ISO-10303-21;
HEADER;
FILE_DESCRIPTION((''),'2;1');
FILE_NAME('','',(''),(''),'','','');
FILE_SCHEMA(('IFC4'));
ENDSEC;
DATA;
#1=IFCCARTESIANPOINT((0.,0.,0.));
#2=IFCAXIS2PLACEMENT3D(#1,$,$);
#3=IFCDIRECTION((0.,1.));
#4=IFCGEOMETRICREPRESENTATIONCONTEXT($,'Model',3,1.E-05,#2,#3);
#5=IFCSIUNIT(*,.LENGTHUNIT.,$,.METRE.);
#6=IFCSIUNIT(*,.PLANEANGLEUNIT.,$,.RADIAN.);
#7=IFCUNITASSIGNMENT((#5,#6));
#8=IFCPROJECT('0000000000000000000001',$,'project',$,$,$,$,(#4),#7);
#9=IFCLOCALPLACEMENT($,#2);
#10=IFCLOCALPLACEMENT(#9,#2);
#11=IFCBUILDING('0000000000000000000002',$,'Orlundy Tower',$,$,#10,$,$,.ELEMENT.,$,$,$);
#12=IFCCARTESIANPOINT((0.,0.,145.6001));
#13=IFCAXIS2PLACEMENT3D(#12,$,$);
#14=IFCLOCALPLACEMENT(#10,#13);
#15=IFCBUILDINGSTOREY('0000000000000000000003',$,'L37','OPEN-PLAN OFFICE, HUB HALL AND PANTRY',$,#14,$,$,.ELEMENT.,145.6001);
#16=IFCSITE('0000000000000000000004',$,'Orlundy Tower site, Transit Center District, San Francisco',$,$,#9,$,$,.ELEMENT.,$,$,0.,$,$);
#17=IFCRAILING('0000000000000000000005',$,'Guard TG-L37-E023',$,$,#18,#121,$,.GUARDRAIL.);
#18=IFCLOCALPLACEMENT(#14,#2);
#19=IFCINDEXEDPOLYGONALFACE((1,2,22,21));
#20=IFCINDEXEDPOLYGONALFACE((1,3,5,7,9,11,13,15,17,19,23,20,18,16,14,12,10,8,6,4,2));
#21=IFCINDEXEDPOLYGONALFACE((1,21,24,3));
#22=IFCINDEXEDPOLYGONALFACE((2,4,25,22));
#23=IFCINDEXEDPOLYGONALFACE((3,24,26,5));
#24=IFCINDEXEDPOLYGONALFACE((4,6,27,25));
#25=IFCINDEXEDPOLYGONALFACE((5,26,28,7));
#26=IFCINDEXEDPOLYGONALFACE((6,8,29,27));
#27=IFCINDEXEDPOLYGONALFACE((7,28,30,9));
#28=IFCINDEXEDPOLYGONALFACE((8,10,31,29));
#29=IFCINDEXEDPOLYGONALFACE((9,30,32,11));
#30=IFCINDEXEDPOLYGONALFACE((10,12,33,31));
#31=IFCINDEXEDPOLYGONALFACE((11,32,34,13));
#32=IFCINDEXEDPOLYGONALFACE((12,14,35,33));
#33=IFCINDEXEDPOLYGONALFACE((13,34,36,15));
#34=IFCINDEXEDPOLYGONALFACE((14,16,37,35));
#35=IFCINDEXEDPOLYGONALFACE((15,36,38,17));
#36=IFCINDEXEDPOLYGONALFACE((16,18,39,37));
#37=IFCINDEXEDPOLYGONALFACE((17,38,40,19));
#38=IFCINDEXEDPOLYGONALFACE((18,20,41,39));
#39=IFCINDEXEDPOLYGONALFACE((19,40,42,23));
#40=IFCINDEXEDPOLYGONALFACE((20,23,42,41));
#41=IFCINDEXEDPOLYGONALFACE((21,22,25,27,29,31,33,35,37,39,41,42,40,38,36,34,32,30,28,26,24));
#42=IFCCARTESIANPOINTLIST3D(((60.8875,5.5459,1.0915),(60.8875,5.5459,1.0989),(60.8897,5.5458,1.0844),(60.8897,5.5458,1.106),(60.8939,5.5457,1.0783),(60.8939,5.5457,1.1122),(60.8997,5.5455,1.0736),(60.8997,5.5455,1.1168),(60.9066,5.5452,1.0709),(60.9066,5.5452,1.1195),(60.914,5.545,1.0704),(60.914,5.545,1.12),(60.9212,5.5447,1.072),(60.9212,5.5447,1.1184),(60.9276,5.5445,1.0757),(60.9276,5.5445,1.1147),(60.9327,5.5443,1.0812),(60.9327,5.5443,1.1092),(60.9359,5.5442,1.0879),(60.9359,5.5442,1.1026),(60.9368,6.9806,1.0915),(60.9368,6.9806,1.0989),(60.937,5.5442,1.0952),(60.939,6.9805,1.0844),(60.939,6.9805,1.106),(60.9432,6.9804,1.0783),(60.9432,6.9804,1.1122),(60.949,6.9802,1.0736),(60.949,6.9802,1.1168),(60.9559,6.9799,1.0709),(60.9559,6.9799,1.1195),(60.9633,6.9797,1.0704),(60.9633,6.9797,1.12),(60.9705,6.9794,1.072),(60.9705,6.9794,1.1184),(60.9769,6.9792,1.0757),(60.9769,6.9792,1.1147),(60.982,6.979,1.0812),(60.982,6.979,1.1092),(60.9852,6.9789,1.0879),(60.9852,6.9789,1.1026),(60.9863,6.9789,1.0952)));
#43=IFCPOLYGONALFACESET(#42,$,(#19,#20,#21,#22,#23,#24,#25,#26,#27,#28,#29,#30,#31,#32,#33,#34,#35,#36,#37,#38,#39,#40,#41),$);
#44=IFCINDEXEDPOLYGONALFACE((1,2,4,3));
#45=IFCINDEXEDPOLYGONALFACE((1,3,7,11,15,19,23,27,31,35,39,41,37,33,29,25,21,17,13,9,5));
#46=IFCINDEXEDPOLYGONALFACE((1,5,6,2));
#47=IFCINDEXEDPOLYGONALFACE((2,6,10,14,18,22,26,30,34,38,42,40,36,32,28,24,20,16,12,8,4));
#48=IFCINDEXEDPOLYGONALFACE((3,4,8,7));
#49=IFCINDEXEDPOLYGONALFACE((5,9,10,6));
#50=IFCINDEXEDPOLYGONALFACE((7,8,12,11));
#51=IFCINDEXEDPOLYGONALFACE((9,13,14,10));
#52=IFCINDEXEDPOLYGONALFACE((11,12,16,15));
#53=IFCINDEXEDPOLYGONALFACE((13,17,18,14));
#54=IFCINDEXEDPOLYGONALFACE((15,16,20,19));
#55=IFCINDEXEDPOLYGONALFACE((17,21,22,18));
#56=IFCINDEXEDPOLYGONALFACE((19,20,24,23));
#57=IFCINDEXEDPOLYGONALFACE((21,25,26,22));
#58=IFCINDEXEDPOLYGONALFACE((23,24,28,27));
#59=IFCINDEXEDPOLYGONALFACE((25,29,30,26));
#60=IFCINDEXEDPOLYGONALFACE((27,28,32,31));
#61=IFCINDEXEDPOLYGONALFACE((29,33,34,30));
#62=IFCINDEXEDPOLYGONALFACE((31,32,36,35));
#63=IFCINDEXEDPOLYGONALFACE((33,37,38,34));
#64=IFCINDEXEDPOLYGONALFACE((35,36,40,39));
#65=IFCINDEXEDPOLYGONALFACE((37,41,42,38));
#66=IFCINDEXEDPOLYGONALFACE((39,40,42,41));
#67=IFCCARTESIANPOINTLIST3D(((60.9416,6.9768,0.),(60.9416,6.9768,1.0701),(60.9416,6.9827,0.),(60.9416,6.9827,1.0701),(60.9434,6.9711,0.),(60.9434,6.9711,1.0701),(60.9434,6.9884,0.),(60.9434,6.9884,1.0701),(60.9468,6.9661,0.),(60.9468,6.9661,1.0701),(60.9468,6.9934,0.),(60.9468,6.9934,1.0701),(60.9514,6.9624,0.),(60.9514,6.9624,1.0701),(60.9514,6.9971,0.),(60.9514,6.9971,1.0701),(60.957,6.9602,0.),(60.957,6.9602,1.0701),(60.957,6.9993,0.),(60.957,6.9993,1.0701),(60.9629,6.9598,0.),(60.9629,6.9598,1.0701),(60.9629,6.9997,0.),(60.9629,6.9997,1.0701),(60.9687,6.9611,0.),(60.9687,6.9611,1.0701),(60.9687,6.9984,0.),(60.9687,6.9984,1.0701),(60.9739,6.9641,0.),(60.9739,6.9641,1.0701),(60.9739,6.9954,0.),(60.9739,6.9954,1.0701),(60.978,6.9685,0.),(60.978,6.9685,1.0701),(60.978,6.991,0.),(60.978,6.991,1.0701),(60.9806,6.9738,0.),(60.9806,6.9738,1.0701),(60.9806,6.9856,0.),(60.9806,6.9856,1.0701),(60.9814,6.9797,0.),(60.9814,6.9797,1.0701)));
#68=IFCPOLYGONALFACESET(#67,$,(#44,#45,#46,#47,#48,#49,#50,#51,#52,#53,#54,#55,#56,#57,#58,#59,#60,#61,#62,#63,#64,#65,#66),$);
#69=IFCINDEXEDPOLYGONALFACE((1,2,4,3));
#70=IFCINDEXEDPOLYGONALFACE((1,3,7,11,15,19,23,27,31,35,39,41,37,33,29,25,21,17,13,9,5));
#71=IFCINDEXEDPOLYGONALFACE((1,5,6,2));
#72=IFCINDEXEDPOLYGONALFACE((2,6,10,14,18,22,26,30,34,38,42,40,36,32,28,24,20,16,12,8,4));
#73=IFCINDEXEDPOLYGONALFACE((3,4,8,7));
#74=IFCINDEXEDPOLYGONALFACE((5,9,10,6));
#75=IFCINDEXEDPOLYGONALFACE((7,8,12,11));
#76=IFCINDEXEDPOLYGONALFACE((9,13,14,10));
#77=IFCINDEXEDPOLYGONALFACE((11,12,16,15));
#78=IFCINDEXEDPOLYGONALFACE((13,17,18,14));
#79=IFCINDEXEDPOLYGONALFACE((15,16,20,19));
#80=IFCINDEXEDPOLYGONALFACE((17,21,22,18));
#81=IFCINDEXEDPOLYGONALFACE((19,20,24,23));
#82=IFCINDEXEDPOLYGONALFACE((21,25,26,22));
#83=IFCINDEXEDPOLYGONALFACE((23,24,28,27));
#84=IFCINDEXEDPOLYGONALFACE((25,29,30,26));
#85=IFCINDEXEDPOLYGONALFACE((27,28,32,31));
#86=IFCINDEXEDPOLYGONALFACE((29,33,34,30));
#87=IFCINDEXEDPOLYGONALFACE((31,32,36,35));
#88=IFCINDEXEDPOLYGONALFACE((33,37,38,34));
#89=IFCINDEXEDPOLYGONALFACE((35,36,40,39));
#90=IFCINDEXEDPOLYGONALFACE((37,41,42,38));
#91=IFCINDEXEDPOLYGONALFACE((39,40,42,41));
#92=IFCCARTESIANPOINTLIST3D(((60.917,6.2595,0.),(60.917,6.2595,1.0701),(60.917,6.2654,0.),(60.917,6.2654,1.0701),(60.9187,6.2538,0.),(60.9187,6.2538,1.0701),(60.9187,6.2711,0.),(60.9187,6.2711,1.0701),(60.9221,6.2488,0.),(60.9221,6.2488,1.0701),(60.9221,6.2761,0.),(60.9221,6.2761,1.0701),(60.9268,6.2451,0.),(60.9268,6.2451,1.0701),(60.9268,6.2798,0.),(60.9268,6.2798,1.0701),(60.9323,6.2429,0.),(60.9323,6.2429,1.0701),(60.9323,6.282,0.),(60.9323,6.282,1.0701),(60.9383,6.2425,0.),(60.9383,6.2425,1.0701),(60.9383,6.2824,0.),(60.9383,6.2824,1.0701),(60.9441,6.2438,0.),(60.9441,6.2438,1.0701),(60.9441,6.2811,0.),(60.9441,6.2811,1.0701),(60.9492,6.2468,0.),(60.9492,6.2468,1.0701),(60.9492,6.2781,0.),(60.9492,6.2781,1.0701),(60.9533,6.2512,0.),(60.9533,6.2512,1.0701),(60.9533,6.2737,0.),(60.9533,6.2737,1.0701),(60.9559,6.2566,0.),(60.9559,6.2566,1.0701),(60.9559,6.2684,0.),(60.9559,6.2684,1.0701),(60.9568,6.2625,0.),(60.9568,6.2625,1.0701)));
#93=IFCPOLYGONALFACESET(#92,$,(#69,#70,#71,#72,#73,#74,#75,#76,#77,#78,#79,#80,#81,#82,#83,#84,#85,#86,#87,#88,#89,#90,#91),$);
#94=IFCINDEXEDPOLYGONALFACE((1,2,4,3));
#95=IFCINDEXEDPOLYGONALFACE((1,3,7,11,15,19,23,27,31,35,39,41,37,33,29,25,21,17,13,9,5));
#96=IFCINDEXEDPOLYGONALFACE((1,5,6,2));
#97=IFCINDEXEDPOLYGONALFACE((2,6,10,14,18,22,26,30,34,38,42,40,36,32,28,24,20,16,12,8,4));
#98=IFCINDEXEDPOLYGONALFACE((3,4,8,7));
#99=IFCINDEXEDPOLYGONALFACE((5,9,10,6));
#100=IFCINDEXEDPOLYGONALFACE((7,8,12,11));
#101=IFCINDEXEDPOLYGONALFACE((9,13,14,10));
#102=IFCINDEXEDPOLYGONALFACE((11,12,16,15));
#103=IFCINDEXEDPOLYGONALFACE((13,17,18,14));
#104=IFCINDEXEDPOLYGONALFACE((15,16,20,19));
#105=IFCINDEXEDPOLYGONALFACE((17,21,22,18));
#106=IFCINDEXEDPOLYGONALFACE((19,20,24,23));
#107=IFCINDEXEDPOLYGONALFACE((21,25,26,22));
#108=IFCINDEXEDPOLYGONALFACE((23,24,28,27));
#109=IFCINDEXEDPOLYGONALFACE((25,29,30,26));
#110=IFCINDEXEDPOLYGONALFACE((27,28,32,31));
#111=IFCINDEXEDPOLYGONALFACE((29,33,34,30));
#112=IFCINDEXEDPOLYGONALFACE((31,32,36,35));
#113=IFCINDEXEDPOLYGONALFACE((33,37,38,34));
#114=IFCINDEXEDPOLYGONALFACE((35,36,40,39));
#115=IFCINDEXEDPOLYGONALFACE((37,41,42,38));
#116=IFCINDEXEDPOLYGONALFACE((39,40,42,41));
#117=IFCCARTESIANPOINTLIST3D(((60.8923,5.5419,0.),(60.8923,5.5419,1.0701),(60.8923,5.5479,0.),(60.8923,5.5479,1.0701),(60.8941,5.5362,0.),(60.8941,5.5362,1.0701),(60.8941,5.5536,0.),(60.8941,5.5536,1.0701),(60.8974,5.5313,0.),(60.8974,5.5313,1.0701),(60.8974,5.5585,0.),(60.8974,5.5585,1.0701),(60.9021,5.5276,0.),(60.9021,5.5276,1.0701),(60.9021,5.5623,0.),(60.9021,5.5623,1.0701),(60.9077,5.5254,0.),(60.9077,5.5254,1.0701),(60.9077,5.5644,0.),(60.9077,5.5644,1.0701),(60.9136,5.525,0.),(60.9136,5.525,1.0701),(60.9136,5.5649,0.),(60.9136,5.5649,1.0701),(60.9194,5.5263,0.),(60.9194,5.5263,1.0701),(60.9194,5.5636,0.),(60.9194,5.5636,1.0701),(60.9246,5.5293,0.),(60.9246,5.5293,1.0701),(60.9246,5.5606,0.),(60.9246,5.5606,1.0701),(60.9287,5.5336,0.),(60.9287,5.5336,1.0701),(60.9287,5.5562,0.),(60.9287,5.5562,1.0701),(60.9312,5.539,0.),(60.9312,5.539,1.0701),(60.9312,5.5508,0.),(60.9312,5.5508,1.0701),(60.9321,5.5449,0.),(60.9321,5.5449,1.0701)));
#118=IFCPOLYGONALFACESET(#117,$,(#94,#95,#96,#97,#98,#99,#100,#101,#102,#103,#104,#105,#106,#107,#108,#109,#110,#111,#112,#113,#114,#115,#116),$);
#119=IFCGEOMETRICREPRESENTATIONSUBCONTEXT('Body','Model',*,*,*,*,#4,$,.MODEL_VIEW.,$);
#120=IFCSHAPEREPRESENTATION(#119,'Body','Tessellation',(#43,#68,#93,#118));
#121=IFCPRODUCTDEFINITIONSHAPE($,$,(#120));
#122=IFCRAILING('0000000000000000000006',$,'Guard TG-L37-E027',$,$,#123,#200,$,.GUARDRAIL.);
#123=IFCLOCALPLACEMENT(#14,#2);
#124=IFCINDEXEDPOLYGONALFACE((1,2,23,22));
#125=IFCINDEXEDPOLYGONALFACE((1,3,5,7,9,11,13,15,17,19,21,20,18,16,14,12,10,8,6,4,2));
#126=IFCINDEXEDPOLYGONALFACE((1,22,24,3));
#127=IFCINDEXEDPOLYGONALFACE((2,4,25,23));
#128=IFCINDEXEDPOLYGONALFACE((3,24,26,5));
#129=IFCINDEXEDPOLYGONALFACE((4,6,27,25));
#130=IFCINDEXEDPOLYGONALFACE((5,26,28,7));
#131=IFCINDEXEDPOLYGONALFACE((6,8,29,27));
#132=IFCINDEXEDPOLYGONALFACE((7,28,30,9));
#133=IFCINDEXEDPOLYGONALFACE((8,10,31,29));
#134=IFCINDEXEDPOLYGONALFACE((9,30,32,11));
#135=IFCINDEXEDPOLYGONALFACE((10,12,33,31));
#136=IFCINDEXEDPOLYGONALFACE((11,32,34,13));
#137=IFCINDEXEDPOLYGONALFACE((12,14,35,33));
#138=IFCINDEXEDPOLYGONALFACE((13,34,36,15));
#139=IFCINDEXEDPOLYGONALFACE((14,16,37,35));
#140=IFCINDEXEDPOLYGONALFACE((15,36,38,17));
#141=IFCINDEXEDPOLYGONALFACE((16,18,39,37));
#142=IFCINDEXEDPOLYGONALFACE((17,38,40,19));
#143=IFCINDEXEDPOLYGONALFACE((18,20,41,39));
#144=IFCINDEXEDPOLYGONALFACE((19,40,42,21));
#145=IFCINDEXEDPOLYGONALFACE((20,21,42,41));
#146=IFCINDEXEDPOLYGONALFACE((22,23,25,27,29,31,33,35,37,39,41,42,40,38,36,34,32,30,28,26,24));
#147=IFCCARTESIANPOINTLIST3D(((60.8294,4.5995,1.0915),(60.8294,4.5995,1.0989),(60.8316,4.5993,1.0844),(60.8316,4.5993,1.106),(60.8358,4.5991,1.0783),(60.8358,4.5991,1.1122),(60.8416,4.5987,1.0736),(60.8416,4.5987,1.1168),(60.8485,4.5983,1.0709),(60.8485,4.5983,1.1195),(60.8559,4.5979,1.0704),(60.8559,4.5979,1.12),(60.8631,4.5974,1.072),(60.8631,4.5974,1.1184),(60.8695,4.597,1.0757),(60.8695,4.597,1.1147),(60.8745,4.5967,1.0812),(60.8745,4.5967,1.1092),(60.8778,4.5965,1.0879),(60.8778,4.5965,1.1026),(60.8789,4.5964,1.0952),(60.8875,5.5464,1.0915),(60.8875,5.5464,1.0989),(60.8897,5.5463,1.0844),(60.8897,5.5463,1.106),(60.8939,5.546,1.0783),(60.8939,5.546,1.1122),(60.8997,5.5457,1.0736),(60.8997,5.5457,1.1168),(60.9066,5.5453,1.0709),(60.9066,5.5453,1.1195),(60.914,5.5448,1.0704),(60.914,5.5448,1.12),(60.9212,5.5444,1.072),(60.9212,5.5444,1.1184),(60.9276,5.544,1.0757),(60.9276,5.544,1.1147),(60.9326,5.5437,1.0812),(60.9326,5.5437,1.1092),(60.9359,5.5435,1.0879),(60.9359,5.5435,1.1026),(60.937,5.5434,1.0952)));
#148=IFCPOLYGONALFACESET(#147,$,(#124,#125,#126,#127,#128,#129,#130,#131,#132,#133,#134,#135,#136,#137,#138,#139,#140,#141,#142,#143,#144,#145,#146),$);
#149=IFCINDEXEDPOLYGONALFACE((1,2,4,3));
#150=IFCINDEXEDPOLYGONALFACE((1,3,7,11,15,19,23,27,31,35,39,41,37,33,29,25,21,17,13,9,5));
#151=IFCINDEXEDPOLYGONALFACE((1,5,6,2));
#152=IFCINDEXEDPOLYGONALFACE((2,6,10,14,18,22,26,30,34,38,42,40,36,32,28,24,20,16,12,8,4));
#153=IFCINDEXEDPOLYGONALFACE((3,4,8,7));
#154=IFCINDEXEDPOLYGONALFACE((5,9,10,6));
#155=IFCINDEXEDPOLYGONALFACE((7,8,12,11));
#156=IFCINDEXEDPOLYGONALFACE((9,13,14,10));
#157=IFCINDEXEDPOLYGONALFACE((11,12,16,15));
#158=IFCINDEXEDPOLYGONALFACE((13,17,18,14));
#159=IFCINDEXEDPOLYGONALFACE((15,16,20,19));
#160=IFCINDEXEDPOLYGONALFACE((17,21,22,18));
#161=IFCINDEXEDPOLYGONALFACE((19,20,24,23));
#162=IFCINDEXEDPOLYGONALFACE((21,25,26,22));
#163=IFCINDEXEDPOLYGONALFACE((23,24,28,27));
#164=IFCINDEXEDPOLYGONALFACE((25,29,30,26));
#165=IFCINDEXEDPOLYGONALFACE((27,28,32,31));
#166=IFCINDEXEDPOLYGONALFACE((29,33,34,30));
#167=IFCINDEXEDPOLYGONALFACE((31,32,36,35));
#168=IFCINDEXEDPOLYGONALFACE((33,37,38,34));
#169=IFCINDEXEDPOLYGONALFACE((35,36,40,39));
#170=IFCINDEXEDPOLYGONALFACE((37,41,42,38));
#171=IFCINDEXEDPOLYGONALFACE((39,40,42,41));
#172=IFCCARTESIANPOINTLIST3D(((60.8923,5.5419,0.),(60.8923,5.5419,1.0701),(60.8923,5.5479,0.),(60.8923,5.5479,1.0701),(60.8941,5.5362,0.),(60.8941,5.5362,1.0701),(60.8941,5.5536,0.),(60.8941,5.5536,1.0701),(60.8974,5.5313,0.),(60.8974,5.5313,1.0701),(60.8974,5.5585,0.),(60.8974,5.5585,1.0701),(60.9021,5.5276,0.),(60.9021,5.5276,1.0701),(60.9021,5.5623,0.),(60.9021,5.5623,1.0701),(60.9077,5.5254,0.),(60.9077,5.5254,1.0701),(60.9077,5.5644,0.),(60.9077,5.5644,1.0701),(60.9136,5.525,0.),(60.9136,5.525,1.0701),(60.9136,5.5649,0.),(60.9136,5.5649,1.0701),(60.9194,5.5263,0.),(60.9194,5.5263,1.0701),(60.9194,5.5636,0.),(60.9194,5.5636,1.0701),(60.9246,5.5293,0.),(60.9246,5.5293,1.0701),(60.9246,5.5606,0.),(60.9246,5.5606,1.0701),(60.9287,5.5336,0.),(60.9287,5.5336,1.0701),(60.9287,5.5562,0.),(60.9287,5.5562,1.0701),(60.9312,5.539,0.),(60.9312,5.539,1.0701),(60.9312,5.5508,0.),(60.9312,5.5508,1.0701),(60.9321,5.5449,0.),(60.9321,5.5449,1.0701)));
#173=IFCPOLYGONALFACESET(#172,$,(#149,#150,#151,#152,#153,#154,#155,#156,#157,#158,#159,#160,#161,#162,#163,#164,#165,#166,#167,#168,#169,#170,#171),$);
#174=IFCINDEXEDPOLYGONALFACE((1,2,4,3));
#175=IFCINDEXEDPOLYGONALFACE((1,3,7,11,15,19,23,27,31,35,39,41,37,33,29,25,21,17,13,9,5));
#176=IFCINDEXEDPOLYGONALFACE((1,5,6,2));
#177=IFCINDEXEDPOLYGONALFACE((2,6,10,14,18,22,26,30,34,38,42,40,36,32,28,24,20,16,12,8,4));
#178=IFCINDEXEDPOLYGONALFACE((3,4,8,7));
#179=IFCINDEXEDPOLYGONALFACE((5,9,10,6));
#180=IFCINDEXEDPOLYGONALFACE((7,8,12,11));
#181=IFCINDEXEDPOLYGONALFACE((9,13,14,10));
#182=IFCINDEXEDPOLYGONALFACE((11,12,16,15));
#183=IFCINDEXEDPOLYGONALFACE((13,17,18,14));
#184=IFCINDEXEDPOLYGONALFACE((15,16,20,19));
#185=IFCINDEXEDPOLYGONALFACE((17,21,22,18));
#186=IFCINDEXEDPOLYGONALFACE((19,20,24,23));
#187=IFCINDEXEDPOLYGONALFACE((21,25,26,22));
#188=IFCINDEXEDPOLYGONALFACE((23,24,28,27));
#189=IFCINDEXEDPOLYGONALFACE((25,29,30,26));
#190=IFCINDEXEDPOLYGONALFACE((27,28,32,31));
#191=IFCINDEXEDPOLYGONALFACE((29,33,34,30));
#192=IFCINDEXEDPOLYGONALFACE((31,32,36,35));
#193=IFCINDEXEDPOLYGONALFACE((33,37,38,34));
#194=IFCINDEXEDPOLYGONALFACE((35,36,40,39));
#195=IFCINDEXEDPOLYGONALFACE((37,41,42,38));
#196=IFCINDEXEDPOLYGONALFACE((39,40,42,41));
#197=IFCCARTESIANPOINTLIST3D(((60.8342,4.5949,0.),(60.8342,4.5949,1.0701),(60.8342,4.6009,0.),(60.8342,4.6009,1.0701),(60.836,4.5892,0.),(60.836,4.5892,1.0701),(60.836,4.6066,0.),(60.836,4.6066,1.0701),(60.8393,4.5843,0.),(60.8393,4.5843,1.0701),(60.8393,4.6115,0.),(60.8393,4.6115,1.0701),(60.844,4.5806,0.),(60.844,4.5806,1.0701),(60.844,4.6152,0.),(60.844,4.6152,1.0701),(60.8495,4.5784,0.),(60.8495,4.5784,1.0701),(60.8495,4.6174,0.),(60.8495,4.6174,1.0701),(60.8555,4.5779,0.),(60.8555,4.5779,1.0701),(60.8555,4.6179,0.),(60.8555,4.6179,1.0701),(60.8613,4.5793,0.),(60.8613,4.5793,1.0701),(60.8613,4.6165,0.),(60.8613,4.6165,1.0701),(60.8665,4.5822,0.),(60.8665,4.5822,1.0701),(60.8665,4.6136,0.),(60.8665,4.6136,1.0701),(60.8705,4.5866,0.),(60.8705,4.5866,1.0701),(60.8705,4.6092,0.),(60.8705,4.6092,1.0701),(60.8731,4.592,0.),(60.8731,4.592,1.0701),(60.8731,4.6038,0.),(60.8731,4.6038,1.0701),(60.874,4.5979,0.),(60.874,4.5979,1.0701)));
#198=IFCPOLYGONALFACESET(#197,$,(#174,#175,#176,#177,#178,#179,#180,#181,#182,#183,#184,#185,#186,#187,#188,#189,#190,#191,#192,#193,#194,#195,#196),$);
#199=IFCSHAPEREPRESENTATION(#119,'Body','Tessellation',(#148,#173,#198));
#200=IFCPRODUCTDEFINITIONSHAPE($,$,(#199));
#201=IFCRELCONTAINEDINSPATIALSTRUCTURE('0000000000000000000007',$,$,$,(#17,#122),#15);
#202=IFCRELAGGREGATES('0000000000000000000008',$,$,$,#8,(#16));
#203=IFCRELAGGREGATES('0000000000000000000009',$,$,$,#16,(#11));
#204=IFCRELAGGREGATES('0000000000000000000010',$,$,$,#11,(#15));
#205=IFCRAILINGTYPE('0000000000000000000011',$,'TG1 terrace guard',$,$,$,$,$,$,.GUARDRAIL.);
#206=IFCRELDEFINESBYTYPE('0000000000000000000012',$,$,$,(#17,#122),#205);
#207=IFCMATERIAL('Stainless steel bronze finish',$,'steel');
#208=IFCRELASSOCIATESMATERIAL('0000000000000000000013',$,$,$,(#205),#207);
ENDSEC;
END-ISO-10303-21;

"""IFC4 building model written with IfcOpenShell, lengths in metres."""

from ifc_helpers import new_model, si_unit, direction, frame, origin, origin_2d, place, context, subcontext, project, spatial, circle, extrude, material, type_object, element, save


model = new_model("IFC4")

# Units and contexts
model_context = context("Model", 3, precision=1e-05, world=origin(), true_north=direction((0.0, 1.0)))
body_context = subcontext(model_context, "Body", "Model", "MODEL_VIEW")
ifc_project = project(units=[si_unit("LENGTHUNIT", "METRE"), si_unit("PLANEANGLEUNIT", "RADIAN")], contexts=[model_context])

# Site, building, storey
site_placement = place(None, origin())
site = spatial("IfcSite", under=ifc_project, at=site_placement, Name="Orlundy Tower site, Transit Center District, San Francisco", CompositionType="ELEMENT", RefElevation=0.0)
building_placement = place(site_placement, origin())
building = spatial("IfcBuilding", under=site, at=building_placement, Name="Orlundy Tower", CompositionType="ELEMENT")
storey_placement = place(building_placement, frame((0.0, 0.0, 145.6001)))
storey = spatial("IfcBuildingStorey", under=building, at=storey_placement, Name="L37", Description="OPEN-PLAN OFFICE, HUB HALL AND PANTRY", CompositionType="ELEMENT", Elevation=145.6001)

# Railings
ifc_material_1 = material(Name="Stainless steel bronze finish", Category="steel")
railing_type = type_object("IfcRailingType", Name="TG1 terrace guard", PredefinedType="GUARDRAIL", material=ifc_material_1)
railing_1_placement = place(storey_placement, frame((60.9614, 6.9797, 0.0)))
element("IfcRailing", 1, at=railing_1_placement, inside=storey, type_object=railing_type, Name="Guard TG-L37-E023", PredefinedType="GUARDRAIL", context=body_context, shape_type="SweptSolid", body=[
    extrude(circle(Radius=0.0249, at=origin_2d()), frame((0.0, 0.0, 1.0952), z_axis=(-0.034351, -0.99941, 0.0), x_axis=(0.99941, -0.034351, 0.0)), (0.0, 0.0, 1.0), 1.4355),
    extrude(circle(Radius=0.02, at=origin_2d()), origin(), (0.0, 0.0, 1.0), 1.0701),
    extrude(circle(Radius=0.02, at=origin_2d()), frame((-0.0247, -0.7173, 0.0)), (0.0, 0.0, 1.0), 1.0701),
    extrude(circle(Radius=0.02, at=origin_2d()), frame((-0.0493, -1.4348, 0.0)), (0.0, 0.0, 1.0), 1.0701),
])
railing_2_placement = place(storey_placement, frame((60.9121, 5.5449, 0.0)))
element("IfcRailing", 2, at=railing_2_placement, inside=storey, type_object=railing_type, Name="Guard TG-L37-E027", PredefinedType="GUARDRAIL", context=body_context, shape_type="SweptSolid", body=[
    extrude(circle(Radius=0.0249, at=origin_2d()), frame((0.0, 0.0, 1.0952), z_axis=(-0.061241, -0.998123, 0.0), x_axis=(0.998123, -0.061241, 0.0)), (0.0, 0.0, 1.0), 0.9487),
    extrude(circle(Radius=0.02, at=origin_2d()), origin(), (0.0, 0.0, 1.0), 1.0701),
    extrude(circle(Radius=0.02, at=origin_2d()), frame((-0.0581, -0.947, 0.0)), (0.0, 0.0, 1.0), 1.0701),
])

save(model, "model.ifc")
